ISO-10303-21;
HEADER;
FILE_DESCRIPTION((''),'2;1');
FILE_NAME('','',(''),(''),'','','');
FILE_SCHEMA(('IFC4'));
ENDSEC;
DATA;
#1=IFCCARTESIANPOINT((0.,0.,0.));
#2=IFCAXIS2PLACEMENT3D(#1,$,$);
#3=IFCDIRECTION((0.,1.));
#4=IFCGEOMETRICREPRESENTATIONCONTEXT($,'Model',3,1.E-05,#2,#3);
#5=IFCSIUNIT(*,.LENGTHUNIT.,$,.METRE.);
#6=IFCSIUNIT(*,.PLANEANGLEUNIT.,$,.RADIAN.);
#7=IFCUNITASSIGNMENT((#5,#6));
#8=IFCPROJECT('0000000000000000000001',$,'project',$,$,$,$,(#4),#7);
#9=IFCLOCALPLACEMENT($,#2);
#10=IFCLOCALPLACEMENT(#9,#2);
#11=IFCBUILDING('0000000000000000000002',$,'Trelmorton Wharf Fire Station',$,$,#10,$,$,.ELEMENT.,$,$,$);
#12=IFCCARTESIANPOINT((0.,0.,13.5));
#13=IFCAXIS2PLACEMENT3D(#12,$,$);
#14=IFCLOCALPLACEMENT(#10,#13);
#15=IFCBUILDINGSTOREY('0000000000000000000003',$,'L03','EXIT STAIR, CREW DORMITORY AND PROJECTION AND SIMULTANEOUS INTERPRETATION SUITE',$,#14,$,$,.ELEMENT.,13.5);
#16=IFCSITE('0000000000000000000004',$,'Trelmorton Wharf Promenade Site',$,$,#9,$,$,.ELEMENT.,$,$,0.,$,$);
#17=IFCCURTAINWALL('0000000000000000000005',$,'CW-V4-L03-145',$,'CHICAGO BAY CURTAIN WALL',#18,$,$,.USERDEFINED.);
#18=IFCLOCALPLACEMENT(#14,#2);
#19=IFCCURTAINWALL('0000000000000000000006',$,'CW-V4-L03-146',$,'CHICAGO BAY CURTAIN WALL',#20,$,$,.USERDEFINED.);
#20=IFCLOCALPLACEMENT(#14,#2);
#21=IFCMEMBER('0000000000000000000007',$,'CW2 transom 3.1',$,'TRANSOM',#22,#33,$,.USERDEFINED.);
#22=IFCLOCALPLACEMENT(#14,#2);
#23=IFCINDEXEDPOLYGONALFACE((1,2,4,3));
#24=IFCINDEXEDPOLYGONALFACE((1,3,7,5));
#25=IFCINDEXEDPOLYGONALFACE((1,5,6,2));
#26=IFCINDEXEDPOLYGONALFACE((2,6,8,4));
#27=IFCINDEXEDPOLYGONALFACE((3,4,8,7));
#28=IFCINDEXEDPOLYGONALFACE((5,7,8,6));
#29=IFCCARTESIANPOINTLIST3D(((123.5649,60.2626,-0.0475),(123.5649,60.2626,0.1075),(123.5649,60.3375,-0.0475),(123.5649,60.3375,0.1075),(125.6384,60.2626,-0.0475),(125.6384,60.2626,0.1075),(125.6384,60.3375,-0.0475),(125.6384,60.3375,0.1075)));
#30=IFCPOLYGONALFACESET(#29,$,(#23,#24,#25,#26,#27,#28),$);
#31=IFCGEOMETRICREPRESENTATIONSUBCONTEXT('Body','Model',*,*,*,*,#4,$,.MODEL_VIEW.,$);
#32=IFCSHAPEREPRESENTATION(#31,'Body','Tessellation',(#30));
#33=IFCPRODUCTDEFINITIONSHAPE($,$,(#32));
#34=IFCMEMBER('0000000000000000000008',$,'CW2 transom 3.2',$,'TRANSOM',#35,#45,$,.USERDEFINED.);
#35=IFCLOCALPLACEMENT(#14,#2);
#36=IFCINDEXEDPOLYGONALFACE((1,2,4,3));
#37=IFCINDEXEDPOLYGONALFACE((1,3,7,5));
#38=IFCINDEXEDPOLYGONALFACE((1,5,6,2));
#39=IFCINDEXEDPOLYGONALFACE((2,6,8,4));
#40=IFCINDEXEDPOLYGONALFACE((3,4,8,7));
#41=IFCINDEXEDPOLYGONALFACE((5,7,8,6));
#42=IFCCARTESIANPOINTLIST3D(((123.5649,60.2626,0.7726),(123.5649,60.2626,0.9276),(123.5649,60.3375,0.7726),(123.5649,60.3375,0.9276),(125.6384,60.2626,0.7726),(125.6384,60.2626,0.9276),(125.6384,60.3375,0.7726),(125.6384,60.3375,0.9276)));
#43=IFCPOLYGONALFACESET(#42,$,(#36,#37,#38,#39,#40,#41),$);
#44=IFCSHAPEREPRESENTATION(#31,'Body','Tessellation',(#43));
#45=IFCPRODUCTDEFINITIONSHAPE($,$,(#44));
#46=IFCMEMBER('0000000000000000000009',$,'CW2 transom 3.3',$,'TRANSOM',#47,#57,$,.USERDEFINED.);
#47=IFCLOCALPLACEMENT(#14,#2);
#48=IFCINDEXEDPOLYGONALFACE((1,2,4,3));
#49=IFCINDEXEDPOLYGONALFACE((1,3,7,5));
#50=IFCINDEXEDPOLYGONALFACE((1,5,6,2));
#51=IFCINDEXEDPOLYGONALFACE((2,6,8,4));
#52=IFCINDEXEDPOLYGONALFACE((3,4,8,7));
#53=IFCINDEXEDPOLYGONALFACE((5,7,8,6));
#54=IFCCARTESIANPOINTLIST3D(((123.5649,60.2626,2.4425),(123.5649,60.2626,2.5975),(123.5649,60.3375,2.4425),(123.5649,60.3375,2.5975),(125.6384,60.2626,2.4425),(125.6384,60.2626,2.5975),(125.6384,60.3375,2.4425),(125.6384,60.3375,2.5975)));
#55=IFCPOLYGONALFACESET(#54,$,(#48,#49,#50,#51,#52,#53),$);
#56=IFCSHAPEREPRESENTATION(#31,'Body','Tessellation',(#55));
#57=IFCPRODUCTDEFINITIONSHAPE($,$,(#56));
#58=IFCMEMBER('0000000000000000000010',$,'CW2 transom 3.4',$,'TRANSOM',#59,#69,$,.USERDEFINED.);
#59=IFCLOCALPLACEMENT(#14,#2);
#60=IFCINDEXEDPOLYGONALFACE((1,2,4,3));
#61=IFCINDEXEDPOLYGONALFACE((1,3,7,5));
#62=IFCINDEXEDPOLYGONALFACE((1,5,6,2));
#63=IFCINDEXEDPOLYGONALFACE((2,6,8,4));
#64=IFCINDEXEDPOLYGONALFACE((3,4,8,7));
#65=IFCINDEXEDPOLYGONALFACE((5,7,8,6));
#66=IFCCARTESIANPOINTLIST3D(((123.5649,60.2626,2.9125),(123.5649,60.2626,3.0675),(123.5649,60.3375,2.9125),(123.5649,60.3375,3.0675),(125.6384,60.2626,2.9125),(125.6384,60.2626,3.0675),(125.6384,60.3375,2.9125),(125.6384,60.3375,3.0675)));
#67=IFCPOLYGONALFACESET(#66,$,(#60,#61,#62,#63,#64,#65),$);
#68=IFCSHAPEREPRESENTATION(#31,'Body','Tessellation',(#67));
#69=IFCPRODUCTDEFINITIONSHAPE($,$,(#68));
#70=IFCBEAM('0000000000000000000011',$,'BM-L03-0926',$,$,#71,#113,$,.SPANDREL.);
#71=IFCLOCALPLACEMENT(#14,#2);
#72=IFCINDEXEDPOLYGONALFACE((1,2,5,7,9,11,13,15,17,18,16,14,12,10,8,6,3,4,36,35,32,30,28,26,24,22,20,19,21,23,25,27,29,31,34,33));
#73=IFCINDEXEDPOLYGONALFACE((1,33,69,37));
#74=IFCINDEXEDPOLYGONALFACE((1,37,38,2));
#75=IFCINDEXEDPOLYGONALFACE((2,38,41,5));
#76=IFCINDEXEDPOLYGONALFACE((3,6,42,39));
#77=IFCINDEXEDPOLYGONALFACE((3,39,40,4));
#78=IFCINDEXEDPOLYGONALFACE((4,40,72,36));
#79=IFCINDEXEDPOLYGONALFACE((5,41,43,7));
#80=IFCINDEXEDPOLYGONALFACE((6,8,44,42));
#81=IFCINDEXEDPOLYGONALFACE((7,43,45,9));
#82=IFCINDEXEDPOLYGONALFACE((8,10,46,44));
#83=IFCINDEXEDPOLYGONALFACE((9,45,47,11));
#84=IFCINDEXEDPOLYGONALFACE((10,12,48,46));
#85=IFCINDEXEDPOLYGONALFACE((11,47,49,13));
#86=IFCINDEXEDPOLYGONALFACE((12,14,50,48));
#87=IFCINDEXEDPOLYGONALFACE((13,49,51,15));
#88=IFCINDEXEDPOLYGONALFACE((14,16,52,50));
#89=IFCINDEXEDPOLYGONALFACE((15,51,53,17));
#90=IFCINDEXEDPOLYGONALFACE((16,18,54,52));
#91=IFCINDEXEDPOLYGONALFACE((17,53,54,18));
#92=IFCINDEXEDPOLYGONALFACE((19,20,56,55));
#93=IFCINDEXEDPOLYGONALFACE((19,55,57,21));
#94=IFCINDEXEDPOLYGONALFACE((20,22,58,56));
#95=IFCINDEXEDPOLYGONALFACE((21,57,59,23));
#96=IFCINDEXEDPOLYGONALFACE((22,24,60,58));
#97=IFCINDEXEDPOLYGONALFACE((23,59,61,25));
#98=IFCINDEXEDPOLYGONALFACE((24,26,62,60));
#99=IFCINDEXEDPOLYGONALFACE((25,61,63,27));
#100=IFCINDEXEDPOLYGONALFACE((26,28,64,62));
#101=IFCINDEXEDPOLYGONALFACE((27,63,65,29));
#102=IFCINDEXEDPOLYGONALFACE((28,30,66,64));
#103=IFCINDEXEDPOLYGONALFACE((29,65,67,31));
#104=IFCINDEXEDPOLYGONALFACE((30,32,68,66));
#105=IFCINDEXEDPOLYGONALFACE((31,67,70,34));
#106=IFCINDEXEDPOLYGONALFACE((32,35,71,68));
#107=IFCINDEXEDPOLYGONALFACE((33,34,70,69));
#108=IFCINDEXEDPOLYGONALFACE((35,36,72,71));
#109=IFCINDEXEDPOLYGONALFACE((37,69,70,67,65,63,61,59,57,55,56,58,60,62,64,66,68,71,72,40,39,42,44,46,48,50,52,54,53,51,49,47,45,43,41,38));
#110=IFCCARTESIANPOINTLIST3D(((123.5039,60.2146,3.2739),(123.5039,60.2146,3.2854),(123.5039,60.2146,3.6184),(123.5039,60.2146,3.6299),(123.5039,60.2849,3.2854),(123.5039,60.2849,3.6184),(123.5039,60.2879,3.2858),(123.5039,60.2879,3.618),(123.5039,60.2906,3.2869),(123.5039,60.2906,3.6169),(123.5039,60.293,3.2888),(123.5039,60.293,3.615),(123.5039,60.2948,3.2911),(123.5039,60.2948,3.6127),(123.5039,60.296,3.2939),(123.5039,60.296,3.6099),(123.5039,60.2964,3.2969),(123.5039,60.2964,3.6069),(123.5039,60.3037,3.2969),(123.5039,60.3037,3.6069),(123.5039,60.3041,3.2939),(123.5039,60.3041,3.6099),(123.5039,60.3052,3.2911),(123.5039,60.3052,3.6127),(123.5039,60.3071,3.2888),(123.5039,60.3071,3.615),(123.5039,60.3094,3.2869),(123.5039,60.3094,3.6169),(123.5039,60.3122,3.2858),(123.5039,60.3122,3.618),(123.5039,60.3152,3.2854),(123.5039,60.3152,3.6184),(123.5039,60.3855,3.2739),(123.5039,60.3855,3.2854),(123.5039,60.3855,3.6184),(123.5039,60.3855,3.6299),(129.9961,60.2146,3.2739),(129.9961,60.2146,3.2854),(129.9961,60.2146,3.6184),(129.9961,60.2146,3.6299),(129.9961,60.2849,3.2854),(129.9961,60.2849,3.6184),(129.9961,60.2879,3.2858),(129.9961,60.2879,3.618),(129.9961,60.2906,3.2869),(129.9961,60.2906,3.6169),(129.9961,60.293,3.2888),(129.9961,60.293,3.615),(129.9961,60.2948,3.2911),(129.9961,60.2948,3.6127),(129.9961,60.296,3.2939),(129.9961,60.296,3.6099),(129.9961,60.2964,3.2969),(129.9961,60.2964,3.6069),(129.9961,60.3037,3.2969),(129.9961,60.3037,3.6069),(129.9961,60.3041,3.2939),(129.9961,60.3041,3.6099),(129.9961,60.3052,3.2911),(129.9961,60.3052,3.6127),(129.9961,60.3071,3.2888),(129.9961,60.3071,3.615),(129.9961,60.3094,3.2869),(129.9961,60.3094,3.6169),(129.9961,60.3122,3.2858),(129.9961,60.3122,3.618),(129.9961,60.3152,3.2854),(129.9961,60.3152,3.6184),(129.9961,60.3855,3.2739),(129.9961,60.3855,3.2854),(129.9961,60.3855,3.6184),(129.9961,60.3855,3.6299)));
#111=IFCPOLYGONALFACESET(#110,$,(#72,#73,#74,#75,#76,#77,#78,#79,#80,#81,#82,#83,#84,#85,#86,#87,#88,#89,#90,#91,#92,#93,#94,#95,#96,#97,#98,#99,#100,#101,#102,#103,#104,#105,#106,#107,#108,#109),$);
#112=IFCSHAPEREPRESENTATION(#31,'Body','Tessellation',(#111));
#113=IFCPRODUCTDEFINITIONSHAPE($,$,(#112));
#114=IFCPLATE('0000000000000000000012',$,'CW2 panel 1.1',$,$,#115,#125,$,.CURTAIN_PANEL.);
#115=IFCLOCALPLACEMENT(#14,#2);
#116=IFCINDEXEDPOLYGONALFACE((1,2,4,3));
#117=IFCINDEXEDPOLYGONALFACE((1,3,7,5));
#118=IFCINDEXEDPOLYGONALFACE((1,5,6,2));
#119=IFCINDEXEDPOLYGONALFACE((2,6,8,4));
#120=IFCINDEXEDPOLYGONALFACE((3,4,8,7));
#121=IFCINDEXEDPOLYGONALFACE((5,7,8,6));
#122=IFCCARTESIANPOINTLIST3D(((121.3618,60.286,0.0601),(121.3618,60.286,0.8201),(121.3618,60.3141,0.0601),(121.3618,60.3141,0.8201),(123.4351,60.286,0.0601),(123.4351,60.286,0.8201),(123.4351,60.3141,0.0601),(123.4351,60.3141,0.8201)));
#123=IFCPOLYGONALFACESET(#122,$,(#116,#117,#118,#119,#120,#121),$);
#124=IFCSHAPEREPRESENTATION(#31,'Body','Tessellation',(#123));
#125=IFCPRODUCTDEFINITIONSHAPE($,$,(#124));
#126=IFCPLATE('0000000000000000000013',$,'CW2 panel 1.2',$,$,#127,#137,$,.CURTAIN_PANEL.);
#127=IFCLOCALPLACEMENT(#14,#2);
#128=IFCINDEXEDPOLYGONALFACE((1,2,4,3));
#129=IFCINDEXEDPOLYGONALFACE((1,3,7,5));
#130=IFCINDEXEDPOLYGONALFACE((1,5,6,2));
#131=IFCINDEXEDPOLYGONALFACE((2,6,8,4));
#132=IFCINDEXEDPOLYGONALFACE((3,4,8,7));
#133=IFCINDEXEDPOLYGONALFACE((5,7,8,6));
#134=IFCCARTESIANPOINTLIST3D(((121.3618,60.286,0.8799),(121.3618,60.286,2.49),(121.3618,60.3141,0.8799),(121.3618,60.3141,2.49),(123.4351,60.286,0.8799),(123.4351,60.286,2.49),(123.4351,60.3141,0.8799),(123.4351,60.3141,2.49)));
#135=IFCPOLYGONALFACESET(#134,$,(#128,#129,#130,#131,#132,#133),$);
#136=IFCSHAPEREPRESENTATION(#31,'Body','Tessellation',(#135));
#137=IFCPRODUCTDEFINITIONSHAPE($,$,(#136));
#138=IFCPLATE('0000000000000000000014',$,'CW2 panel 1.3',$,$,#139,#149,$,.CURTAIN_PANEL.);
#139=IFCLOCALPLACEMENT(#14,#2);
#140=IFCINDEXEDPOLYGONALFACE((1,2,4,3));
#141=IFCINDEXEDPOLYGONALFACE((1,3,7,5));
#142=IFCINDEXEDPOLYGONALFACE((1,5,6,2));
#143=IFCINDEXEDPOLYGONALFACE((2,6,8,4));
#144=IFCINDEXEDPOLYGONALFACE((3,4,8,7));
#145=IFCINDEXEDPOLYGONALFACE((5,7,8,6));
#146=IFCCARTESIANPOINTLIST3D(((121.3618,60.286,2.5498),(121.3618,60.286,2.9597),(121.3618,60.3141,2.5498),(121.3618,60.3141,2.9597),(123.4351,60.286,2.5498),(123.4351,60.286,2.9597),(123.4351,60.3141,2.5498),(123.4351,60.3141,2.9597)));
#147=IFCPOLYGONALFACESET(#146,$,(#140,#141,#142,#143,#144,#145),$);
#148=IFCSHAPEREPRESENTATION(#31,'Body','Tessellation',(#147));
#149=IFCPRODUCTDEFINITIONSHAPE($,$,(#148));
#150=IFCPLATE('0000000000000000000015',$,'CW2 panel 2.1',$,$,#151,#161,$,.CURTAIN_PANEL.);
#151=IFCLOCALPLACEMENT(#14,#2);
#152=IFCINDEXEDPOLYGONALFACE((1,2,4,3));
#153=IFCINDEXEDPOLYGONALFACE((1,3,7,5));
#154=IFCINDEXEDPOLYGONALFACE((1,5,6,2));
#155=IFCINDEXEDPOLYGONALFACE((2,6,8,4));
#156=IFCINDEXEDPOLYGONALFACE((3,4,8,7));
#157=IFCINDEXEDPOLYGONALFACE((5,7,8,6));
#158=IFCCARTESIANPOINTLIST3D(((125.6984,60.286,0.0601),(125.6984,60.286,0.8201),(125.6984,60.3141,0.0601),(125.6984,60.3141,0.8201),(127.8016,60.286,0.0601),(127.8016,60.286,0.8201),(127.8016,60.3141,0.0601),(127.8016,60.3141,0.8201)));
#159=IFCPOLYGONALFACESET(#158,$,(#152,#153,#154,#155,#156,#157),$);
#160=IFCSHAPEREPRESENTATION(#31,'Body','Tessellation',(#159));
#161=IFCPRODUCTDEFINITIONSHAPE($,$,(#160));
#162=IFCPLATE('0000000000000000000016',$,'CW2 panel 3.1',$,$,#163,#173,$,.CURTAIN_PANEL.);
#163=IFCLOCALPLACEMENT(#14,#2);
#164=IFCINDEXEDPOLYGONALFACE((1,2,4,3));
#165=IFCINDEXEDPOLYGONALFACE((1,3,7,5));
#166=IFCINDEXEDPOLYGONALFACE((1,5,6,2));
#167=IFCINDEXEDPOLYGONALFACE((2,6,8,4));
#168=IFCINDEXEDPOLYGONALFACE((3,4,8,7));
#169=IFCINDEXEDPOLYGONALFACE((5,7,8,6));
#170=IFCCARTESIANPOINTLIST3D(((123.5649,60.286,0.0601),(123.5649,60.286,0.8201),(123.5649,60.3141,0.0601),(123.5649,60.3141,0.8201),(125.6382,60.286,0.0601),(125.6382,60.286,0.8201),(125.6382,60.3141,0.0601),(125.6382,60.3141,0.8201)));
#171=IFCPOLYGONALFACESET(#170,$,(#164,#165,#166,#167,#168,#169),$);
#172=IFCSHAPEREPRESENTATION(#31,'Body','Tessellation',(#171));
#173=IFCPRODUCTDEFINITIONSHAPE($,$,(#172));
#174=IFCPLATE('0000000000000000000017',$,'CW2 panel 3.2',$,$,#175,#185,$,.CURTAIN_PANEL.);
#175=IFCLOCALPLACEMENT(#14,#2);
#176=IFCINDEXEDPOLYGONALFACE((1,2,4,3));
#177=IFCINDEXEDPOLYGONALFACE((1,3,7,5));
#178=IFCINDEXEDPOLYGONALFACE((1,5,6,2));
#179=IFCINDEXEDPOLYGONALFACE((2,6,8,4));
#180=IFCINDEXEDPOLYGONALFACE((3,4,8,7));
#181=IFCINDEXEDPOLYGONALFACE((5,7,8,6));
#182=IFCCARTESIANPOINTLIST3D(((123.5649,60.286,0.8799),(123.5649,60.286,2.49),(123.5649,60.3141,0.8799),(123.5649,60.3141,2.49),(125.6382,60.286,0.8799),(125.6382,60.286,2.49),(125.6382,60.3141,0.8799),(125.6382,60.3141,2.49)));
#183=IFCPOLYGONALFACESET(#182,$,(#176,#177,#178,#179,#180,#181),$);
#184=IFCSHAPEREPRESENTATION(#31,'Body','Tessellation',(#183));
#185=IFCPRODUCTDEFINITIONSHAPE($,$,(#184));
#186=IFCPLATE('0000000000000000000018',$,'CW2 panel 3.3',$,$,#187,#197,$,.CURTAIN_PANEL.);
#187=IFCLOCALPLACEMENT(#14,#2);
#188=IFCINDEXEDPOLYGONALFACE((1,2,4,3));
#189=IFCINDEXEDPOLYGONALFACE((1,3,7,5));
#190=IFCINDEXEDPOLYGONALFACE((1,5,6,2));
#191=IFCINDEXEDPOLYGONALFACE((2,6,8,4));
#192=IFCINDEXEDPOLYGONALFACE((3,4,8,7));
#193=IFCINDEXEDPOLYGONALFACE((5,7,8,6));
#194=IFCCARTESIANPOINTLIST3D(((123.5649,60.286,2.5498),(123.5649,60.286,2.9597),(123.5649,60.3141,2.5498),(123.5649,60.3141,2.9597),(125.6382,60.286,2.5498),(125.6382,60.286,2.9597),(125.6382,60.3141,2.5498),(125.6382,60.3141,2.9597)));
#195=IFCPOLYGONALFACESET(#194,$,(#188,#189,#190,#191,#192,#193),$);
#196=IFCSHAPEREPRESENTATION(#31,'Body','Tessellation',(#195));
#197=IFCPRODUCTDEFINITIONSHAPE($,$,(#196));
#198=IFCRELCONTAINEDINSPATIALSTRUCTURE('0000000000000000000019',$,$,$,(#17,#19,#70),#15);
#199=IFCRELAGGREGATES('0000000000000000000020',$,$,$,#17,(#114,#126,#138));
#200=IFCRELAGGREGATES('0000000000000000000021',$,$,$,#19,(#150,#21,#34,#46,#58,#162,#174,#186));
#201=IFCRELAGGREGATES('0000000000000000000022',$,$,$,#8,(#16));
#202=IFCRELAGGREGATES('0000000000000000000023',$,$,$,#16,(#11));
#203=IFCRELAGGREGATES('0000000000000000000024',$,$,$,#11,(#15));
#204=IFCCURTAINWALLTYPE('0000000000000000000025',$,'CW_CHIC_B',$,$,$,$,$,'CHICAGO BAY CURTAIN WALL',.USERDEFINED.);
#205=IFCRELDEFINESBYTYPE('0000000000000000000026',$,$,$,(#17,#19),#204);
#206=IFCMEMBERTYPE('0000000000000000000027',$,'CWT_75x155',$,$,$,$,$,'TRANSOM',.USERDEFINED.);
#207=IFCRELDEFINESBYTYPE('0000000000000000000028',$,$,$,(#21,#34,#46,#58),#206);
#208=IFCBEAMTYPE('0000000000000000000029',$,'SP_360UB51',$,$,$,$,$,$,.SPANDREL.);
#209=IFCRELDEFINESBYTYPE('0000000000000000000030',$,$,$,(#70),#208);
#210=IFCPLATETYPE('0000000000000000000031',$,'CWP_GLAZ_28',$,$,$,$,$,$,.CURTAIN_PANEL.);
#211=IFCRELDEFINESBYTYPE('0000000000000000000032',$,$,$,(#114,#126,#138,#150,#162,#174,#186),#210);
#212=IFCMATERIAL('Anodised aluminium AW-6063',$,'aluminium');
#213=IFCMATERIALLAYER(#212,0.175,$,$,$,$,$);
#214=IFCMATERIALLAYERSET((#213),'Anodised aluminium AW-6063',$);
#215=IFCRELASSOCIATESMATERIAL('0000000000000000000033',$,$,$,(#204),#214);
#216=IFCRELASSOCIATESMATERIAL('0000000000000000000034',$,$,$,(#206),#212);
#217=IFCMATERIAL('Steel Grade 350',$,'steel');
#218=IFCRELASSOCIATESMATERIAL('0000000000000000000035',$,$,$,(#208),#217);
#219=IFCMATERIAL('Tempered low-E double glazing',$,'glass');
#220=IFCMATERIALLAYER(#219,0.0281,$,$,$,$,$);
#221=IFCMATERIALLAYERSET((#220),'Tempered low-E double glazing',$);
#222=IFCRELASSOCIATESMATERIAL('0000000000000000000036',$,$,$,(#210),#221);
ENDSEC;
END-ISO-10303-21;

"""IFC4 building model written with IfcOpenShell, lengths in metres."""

from ifc_helpers import new_model, si_unit, direction, frame, origin, origin_2d, place, context, subcontext, project, spatial, rectangle, i_section, extrude, material, layer, layer_set, material_profile, profile_set, type_object, element, aggregate, save


model = new_model("IFC4")

# Units and contexts
model_context = context("Model", 3, precision=1e-05, world=origin(), true_north=direction((0.0, 1.0)))
body_context = subcontext(model_context, "Body", "Model", "MODEL_VIEW")
ifc_project = project(units=[si_unit("LENGTHUNIT", "METRE"), si_unit("PLANEANGLEUNIT", "RADIAN")], contexts=[model_context])

# Site, building, storey
site_placement = place(None, origin())
site = spatial("IfcSite", under=ifc_project, at=site_placement, Name="Trelmorton Wharf Promenade Site", CompositionType="ELEMENT", RefElevation=0.0)
building_placement = place(site_placement, origin())
building = spatial("IfcBuilding", under=site, at=building_placement, Name="Trelmorton Wharf Fire Station", CompositionType="ELEMENT")
storey_placement = place(building_placement, frame((0.0, 0.0, 13.5)))
storey = spatial("IfcBuildingStorey", under=building, at=storey_placement, Name="L03", Description="EXIT STAIR, CREW DORMITORY AND PROJECTION AND SIMULTANEOUS INTERPRETATION SUITE", CompositionType="ELEMENT", Elevation=13.5)

# Shared definitions
ifc_material_1 = material(Name="Steel Grade 350", Category="steel")

# Curtain walls
ifc_material_2 = material(Name="Anodised aluminium AW-6063", Category="aluminium")
ifc_layer_1 = layer(ifc_material_2, 0.175)
ifc_layer_set_1 = layer_set([ifc_layer_1], Name="Anodised aluminium AW-6063")
curtain_wall_type = type_object("IfcCurtainWallType", Name="CW_CHIC_B", ElementType="CHICAGO BAY CURTAIN WALL", PredefinedType="USERDEFINED", material=ifc_layer_set_1)
curtain_wall_1_placement = place(storey_placement, origin())
curtain_wall_1 = element("IfcCurtainWall", 1, at=curtain_wall_1_placement, inside=storey, type_object=curtain_wall_type, Name="CW-V4-L03-145", ObjectType="CHICAGO BAY CURTAIN WALL", PredefinedType="USERDEFINED")
curtain_wall_2_placement = place(storey_placement, origin())
curtain_wall_2 = element("IfcCurtainWall", 2, at=curtain_wall_2_placement, inside=storey, type_object=curtain_wall_type, Name="CW-V4-L03-146", ObjectType="CHICAGO BAY CURTAIN WALL", PredefinedType="USERDEFINED")

# Members
ifc_material_profile_1 = material_profile(ifc_material_2, rectangle(XDim=0.075, YDim=0.155, at=origin_2d()), Name="ALU-75x155")
ifc_profile_set_1 = profile_set([ifc_material_profile_1], Name="Anodised aluminium AW-6063")
member_type_1 = type_object("IfcMemberType", Name="CWT_75x155", ElementType="TRANSOM", PredefinedType="USERDEFINED", material=ifc_profile_set_1)
member_1_placement = place(storey_placement, frame((125.6384, 60.3, 0.03), z_axis=(-1.0, 0.0, 0.0), x_axis=(0.0, -1.0, 0.0)))
member_1 = element("IfcMember", 3, at=member_1_placement, type_object=member_type_1, Name="CW2 transom 3.1", ObjectType="TRANSOM", PredefinedType="USERDEFINED", context=body_context, shape_type="SweptSolid", body=[
    extrude(rectangle(XDim=0.075, YDim=0.155, at=origin_2d()), origin(), (0.0, 0.0, 1.0), 2.0735),
])
member_2_placement = place(storey_placement, frame((125.6384, 60.3, 0.8501), z_axis=(-1.0, 0.0, 0.0), x_axis=(0.0, -1.0, 0.0)))
member_2 = element("IfcMember", 4, at=member_2_placement, type_object=member_type_1, Name="CW2 transom 3.2", ObjectType="TRANSOM", PredefinedType="USERDEFINED", context=body_context, shape_type="SweptSolid", body=[
    extrude(rectangle(XDim=0.075, YDim=0.155, at=origin_2d()), origin(), (0.0, 0.0, 1.0), 2.0735),
])
member_3_placement = place(storey_placement, frame((125.6384, 60.3, 2.52), z_axis=(-1.0, 0.0, 0.0), x_axis=(0.0, -1.0, 0.0)))
member_3 = element("IfcMember", 5, at=member_3_placement, type_object=member_type_1, Name="CW2 transom 3.3", ObjectType="TRANSOM", PredefinedType="USERDEFINED", context=body_context, shape_type="SweptSolid", body=[
    extrude(rectangle(XDim=0.075, YDim=0.155, at=origin_2d()), origin(), (0.0, 0.0, 1.0), 2.0735),
])
member_4_placement = place(storey_placement, frame((125.6384, 60.3, 2.99), z_axis=(-1.0, 0.0, 0.0), x_axis=(0.0, -1.0, 0.0)))
member_4 = element("IfcMember", 6, at=member_4_placement, type_object=member_type_1, Name="CW2 transom 3.4", ObjectType="TRANSOM", PredefinedType="USERDEFINED", context=body_context, shape_type="SweptSolid", body=[
    extrude(rectangle(XDim=0.075, YDim=0.155, at=origin_2d()), origin(), (0.0, 0.0, 1.0), 2.0735),
])

# Beam
ifc_material_profile_2 = material_profile(ifc_material_1, i_section(OverallWidth=0.1709, OverallDepth=0.356, WebThickness=0.0073, FlangeThickness=0.0115, FilletRadius=0.0115, at=origin_2d()), Name="360UB50.7")
ifc_profile_set_2 = profile_set([ifc_material_profile_2], Name="Steel Grade 350")
beam_type = type_object("IfcBeamType", Name="SP_360UB51", PredefinedType="SPANDREL", material=ifc_profile_set_2)
beam_placement = place(storey_placement, frame((123.5039, 60.3, 3.4519), z_axis=(1.0, 0.0, 0.0), x_axis=(0.0, 1.0, 0.0)))
element("IfcBeam", 7, at=beam_placement, inside=storey, type_object=beam_type, Name="BM-L03-0926", PredefinedType="SPANDREL", context=body_context, shape_type="SweptSolid", body=[
    extrude(i_section(OverallWidth=0.1709, OverallDepth=0.356, WebThickness=0.0073, FlangeThickness=0.0115, FilletRadius=0.0115, at=origin_2d()), origin(), (0.0, 0.0, 1.0), 6.4922),
])

# Plates
ifc_material_3 = material(Name="Tempered low-E double glazing", Category="glass")
ifc_layer_2 = layer(ifc_material_3, 0.0281)
ifc_layer_set_2 = layer_set([ifc_layer_2], Name="Tempered low-E double glazing")
plate_type = type_object("IfcPlateType", Name="CWP_GLAZ_28", PredefinedType="CURTAIN_PANEL", material=ifc_layer_set_2)
plate_1_placement = place(storey_placement, frame((122.3984, 60.3, 0.0601), z_axis=(0.0, 0.0, 1.0), x_axis=(-1.0, 0.0, 0.0)))
plate_1 = element("IfcPlate", 8, at=plate_1_placement, type_object=plate_type, Name="CW2 panel 1.1", PredefinedType="CURTAIN_PANEL", context=body_context, shape_type="SweptSolid", body=[
    extrude(rectangle(XDim=2.0732, YDim=0.0281, at=origin_2d()), origin(), (0.0, 0.0, 1.0), 0.76),
])
plate_2_placement = place(storey_placement, frame((122.3984, 60.3, 0.8799), z_axis=(0.0, 0.0, 1.0), x_axis=(-1.0, 0.0, 0.0)))
plate_2 = element("IfcPlate", 9, at=plate_2_placement, type_object=plate_type, Name="CW2 panel 1.2", PredefinedType="CURTAIN_PANEL", context=body_context, shape_type="SweptSolid", body=[
    extrude(rectangle(XDim=2.0732, YDim=0.0281, at=origin_2d()), origin(), (0.0, 0.0, 1.0), 1.6101),
])
plate_3_placement = place(storey_placement, frame((122.3984, 60.3, 2.5498), z_axis=(0.0, 0.0, 1.0), x_axis=(-1.0, 0.0, 0.0)))
plate_3 = element("IfcPlate", 10, at=plate_3_placement, type_object=plate_type, Name="CW2 panel 1.3", PredefinedType="CURTAIN_PANEL", context=body_context, shape_type="SweptSolid", body=[
    extrude(rectangle(XDim=2.0732, YDim=0.0281, at=origin_2d()), origin(), (0.0, 0.0, 1.0), 0.4099),
])
aggregate(curtain_wall_1, [plate_1, plate_2, plate_3])
plate_4_placement = place(storey_placement, frame((126.75, 60.3, 0.0601), z_axis=(0.0, 0.0, 1.0), x_axis=(-1.0, 0.0, 0.0)))
plate_4 = element("IfcPlate", 11, at=plate_4_placement, type_object=plate_type, Name="CW2 panel 2.1", PredefinedType="CURTAIN_PANEL", context=body_context, shape_type="SweptSolid", body=[
    extrude(rectangle(XDim=2.1033, YDim=0.0281, at=origin_2d()), origin(), (0.0, 0.0, 1.0), 0.76),
])
plate_5_placement = place(storey_placement, frame((124.6016, 60.3, 0.0601), z_axis=(0.0, 0.0, 1.0), x_axis=(-1.0, 0.0, 0.0)))
plate_5 = element("IfcPlate", 12, at=plate_5_placement, type_object=plate_type, Name="CW2 panel 3.1", PredefinedType="CURTAIN_PANEL", context=body_context, shape_type="SweptSolid", body=[
    extrude(rectangle(XDim=2.0732, YDim=0.0281, at=origin_2d()), origin(), (0.0, 0.0, 1.0), 0.76),
])
plate_6_placement = place(storey_placement, frame((124.6016, 60.3, 0.8799), z_axis=(0.0, 0.0, 1.0), x_axis=(-1.0, 0.0, 0.0)))
plate_6 = element("IfcPlate", 13, at=plate_6_placement, type_object=plate_type, Name="CW2 panel 3.2", PredefinedType="CURTAIN_PANEL", context=body_context, shape_type="SweptSolid", body=[
    extrude(rectangle(XDim=2.0732, YDim=0.0281, at=origin_2d()), origin(), (0.0, 0.0, 1.0), 1.6101),
])
plate_7_placement = place(storey_placement, frame((124.6016, 60.3, 2.5498), z_axis=(0.0, 0.0, 1.0), x_axis=(-1.0, 0.0, 0.0)))
plate_7 = element("IfcPlate", 14, at=plate_7_placement, type_object=plate_type, Name="CW2 panel 3.3", PredefinedType="CURTAIN_PANEL", context=body_context, shape_type="SweptSolid", body=[
    extrude(rectangle(XDim=2.0732, YDim=0.0281, at=origin_2d()), origin(), (0.0, 0.0, 1.0), 0.4099),
])
aggregate(curtain_wall_2, [plate_4, member_1, member_2, member_3, member_4, plate_5, plate_6, plate_7])

save(model, "model.ifc")
